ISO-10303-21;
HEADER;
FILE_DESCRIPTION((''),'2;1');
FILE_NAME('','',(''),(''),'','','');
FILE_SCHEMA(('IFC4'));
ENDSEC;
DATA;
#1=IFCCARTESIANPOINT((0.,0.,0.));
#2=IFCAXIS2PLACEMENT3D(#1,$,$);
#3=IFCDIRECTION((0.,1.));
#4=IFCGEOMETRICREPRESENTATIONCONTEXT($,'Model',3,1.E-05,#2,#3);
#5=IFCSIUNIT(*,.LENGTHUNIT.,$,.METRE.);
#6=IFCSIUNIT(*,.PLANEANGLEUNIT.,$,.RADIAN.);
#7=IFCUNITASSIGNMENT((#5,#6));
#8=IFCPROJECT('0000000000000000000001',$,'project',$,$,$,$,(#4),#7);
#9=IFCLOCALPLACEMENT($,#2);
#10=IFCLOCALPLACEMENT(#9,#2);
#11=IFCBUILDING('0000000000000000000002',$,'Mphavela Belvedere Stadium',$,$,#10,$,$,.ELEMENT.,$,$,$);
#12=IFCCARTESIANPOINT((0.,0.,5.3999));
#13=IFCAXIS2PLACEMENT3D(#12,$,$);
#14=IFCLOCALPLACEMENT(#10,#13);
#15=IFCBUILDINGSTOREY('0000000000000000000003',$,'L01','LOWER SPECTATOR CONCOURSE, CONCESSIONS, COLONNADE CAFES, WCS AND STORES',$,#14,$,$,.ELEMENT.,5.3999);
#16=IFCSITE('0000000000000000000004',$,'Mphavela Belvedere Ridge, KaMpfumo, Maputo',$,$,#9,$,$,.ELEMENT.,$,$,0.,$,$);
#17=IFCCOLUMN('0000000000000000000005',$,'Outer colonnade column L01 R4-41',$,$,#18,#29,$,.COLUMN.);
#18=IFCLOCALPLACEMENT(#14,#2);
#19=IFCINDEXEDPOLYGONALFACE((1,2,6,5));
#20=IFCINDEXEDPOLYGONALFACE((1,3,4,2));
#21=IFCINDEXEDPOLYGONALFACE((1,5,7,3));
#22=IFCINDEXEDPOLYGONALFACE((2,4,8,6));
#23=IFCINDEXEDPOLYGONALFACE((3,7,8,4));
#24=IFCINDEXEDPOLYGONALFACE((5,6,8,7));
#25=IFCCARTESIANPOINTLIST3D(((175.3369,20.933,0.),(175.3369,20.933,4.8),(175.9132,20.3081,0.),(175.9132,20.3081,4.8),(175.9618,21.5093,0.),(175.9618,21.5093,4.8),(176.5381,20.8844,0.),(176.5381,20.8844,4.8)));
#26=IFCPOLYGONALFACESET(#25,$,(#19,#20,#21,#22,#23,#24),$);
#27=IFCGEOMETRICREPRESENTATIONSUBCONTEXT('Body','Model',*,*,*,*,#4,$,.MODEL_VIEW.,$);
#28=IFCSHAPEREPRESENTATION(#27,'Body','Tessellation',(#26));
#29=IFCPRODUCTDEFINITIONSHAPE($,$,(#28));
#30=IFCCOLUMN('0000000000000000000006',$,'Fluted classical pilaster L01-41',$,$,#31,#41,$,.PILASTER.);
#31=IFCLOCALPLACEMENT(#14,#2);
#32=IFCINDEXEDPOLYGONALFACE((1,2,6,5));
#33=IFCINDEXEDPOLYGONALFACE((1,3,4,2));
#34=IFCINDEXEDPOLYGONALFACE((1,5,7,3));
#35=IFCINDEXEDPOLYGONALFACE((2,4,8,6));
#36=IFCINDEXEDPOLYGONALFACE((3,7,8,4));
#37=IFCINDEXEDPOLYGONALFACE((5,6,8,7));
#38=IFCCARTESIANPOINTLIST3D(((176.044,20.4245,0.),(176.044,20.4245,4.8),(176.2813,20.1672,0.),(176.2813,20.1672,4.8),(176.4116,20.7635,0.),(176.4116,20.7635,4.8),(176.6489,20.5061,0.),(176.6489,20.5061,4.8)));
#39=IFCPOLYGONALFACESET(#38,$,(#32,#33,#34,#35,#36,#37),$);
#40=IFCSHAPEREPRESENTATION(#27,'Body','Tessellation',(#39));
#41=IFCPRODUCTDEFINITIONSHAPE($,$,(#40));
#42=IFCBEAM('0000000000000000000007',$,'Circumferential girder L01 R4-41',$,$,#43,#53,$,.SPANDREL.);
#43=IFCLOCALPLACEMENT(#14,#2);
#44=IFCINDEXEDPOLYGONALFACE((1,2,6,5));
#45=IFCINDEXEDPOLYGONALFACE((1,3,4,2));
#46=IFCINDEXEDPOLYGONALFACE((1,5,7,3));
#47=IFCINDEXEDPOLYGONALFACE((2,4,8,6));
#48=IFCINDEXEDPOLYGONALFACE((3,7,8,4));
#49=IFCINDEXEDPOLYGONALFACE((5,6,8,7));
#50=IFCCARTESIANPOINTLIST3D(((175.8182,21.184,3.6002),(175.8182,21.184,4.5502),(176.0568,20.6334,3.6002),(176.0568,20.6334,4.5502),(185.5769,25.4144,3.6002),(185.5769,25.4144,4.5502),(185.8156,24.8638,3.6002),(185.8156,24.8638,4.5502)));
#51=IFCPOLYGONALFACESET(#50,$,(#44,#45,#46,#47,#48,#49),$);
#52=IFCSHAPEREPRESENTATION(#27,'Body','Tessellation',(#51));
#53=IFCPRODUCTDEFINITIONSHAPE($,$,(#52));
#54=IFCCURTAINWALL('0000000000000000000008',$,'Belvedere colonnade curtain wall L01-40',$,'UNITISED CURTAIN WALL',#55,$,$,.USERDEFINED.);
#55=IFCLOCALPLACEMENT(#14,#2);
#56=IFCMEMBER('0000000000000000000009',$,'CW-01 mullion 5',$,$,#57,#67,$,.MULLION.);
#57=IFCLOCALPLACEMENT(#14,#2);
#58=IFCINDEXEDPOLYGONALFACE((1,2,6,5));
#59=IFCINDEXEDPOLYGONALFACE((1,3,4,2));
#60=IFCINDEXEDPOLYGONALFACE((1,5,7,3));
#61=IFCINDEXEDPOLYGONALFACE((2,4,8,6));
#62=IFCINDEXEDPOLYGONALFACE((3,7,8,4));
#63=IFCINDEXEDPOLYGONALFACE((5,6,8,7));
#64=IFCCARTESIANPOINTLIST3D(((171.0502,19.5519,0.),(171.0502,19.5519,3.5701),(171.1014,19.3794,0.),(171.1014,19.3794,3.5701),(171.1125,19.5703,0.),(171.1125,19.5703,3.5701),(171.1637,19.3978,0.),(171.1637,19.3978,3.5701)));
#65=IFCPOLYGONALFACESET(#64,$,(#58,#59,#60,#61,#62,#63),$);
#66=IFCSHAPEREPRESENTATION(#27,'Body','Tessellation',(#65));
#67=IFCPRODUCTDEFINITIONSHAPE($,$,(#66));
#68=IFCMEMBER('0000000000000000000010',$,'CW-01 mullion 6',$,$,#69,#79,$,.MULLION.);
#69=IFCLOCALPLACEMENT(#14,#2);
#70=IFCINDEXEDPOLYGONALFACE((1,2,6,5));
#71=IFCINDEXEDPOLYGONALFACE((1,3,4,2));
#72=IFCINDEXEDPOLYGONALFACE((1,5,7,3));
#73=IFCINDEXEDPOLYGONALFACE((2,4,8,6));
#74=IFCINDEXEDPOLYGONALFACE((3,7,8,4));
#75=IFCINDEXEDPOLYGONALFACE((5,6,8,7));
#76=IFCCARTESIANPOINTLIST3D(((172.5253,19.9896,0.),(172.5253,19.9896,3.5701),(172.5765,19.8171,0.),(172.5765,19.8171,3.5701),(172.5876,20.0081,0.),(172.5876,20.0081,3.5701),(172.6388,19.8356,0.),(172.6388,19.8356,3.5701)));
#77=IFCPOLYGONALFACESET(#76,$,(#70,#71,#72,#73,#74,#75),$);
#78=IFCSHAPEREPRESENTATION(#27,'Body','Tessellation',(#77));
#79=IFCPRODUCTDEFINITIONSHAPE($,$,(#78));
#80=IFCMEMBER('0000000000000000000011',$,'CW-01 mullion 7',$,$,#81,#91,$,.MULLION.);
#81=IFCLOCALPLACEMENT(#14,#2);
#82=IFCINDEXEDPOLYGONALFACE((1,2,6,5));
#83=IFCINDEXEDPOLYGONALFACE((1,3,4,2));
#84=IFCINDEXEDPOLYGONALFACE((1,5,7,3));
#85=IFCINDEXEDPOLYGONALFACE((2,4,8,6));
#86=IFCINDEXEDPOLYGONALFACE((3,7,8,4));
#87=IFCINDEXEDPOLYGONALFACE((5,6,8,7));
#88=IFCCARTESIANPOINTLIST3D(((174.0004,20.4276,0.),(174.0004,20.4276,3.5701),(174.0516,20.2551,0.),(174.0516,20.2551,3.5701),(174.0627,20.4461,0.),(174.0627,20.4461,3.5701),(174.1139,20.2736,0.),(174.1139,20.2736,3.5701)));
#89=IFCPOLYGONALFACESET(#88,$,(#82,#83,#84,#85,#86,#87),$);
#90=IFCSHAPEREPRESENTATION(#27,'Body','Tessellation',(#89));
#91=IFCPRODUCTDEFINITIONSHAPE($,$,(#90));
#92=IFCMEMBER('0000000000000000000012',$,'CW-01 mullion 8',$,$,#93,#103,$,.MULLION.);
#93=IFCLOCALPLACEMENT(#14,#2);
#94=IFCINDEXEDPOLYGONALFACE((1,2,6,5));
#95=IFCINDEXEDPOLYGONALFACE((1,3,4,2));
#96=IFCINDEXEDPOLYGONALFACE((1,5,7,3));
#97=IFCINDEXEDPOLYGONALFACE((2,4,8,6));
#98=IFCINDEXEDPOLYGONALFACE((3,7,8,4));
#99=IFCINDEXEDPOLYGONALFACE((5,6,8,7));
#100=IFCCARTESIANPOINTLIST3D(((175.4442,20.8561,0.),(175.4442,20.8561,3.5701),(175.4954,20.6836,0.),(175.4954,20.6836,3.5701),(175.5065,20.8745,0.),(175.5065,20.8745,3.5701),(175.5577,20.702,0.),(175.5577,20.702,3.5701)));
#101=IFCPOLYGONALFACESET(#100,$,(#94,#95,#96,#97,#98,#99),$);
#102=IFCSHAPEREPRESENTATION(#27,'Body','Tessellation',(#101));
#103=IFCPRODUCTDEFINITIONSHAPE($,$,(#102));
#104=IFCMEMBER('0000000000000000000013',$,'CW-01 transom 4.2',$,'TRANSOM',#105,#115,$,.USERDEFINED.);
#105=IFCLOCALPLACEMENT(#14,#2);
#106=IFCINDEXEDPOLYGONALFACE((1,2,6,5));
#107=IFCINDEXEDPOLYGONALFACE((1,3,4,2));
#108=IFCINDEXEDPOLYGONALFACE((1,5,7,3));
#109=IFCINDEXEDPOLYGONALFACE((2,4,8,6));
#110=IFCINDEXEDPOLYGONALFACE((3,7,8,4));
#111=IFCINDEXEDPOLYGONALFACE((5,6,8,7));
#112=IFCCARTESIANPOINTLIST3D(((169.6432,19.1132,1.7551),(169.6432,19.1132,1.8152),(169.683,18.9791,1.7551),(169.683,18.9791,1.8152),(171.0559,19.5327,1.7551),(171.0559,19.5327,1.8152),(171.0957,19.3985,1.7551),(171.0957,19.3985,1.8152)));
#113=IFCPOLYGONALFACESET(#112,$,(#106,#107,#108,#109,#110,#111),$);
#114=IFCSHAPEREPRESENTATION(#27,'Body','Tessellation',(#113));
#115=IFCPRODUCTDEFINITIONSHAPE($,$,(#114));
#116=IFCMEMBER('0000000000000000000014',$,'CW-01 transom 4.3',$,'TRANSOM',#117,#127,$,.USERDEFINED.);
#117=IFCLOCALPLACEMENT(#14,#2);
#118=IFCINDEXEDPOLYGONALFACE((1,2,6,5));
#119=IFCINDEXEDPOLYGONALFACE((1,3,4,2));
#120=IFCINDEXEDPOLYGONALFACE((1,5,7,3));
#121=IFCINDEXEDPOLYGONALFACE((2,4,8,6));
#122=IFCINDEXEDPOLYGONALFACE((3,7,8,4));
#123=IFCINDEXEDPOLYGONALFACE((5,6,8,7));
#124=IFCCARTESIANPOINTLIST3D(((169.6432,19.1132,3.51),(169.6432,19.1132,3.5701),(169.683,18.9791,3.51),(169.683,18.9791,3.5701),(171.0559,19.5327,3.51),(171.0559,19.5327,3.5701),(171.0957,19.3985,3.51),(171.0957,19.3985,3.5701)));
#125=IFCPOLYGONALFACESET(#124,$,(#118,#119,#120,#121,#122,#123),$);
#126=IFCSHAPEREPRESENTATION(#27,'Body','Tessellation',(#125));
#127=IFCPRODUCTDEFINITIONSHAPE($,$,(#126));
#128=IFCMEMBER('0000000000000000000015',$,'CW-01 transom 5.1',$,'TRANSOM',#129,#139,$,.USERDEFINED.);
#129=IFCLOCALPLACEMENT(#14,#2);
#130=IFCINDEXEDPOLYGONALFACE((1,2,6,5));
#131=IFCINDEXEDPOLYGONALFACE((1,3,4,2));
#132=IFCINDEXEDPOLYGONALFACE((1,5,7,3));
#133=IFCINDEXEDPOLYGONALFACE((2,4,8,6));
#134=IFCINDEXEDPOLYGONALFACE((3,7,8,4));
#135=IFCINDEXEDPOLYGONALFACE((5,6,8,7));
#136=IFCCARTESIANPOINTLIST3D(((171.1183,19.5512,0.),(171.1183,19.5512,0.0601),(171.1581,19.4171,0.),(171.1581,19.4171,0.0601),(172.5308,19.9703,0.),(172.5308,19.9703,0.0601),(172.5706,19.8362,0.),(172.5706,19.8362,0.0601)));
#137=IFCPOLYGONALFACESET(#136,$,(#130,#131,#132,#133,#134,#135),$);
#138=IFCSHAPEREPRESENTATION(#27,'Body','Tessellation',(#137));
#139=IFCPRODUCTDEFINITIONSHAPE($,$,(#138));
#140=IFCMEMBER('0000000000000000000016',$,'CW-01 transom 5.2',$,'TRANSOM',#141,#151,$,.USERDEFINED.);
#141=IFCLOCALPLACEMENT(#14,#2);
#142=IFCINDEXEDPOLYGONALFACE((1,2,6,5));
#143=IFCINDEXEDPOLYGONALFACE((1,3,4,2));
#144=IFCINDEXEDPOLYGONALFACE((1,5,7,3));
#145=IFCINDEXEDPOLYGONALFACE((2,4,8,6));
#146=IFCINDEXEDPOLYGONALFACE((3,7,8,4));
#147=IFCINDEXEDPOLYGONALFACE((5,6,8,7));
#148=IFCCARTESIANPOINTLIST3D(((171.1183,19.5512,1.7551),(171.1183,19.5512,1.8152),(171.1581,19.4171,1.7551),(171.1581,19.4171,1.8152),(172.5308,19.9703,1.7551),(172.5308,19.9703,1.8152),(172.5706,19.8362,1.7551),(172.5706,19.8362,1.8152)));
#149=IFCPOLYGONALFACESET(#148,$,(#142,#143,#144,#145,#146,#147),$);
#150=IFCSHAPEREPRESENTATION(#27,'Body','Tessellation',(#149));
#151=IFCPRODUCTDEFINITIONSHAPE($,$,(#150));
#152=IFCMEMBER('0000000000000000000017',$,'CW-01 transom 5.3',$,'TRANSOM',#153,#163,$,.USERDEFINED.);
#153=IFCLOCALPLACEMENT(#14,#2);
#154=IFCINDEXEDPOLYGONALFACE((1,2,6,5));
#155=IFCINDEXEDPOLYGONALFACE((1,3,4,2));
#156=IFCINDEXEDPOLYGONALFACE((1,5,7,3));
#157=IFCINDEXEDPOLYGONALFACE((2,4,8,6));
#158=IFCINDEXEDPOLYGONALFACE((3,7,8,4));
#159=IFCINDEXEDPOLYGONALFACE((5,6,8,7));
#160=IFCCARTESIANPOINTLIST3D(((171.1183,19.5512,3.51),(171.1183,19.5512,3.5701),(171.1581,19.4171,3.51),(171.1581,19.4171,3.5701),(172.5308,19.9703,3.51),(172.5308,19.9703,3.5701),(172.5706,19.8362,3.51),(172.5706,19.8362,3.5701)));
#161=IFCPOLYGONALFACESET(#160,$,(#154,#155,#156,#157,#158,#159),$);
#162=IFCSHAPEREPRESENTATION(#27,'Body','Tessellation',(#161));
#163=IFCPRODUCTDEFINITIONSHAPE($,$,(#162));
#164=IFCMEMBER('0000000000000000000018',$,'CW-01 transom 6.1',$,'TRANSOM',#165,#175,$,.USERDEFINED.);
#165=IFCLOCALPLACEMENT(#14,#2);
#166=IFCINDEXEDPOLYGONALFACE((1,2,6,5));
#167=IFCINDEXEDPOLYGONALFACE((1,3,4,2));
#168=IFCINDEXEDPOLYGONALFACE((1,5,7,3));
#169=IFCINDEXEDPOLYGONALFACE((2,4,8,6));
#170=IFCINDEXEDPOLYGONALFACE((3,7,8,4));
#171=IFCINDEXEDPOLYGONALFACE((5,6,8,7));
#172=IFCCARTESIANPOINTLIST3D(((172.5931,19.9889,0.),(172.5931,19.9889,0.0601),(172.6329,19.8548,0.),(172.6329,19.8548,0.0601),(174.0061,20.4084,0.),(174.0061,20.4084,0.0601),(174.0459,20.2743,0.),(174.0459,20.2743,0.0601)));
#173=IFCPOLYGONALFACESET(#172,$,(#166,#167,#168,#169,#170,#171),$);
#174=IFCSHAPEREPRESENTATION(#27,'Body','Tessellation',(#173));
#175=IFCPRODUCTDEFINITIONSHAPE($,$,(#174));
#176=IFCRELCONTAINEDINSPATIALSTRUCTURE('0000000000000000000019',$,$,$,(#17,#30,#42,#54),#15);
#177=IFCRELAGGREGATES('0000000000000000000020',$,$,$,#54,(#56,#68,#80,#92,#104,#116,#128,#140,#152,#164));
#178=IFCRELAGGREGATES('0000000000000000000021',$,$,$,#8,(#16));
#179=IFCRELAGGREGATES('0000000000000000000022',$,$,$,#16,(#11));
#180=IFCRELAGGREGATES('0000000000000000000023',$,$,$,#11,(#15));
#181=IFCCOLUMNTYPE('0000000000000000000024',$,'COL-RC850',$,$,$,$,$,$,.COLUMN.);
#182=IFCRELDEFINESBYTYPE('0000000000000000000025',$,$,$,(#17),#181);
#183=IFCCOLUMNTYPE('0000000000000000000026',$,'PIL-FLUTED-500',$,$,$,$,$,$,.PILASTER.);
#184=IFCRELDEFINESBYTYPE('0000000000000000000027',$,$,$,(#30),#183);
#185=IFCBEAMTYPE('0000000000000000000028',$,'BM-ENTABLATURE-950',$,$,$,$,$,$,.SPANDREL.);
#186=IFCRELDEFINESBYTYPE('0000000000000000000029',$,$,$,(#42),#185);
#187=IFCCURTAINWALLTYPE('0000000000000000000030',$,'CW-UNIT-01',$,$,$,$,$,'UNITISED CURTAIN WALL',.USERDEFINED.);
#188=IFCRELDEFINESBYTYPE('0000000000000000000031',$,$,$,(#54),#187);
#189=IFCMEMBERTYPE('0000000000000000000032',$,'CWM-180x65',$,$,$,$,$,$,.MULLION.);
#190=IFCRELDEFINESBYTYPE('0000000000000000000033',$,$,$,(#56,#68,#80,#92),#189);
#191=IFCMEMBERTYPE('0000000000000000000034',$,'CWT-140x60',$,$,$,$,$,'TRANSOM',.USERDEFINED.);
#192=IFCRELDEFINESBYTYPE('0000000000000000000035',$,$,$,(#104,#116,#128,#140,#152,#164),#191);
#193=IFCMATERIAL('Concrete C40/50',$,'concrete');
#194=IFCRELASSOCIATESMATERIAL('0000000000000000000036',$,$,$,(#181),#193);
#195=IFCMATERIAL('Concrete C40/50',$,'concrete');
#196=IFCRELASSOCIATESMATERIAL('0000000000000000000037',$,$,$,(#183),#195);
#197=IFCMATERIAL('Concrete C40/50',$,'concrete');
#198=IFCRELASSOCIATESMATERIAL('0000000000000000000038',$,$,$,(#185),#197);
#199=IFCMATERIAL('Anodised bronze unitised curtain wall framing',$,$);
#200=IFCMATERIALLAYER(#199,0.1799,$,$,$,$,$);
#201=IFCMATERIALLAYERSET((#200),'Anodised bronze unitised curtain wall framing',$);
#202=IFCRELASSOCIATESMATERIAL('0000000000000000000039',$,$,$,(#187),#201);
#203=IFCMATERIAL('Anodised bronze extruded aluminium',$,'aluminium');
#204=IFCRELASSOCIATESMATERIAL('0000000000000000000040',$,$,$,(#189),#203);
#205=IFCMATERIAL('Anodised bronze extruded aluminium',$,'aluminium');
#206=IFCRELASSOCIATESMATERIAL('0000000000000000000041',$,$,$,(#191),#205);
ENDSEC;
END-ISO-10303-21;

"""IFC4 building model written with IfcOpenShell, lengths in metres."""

from ifc_helpers import new_model, si_unit, direction, frame, origin, origin_2d, place, context, subcontext, project, spatial, rectangle, extrude, material, layer, layer_set, material_profile, profile_set, type_object, element, aggregate, save


model = new_model("IFC4")

# Units and contexts
model_context = context("Model", 3, precision=1e-05, world=origin(), true_north=direction((0.0, 1.0)))
body_context = subcontext(model_context, "Body", "Model", "MODEL_VIEW")
ifc_project = project(units=[si_unit("LENGTHUNIT", "METRE"), si_unit("PLANEANGLEUNIT", "RADIAN")], contexts=[model_context])

# Site, building, storey
site_placement = place(None, origin())
site = spatial("IfcSite", under=ifc_project, at=site_placement, Name="Mphavela Belvedere Ridge, KaMpfumo, Maputo", CompositionType="ELEMENT", RefElevation=0.0)
building_placement = place(site_placement, origin())
building = spatial("IfcBuilding", under=site, at=building_placement, Name="Mphavela Belvedere Stadium", CompositionType="ELEMENT")
storey_placement = place(building_placement, frame((0.0, 0.0, 5.3999)))
storey = spatial("IfcBuildingStorey", under=building, at=storey_placement, Name="L01", Description="LOWER SPECTATOR CONCOURSE, CONCESSIONS, COLONNADE CAFES, WCS AND STORES", CompositionType="ELEMENT", Elevation=5.3999)

# Columns
ifc_material_1 = material(Name="Concrete C40/50", Category="concrete")
ifc_material_profile_1 = material_profile(ifc_material_1, rectangle(XDim=0.8501, YDim=0.8501, at=origin_2d()), Name="RC 850x850")
ifc_profile_set_1 = profile_set([ifc_material_profile_1], Name="Concrete C40/50")
column_type_1 = type_object("IfcColumnType", Name="COL-RC850", PredefinedType="COLUMN", material=ifc_profile_set_1)
column_1_placement = place(storey_placement, frame((175.9375, 20.9087, 0.0), z_axis=(0.0, 0.0, 1.0), x_axis=(0.677903, -0.735151, 0.0)))
element("IfcColumn", 1, at=column_1_placement, inside=storey, type_object=column_type_1, Name="Outer colonnade column L01 R4-41", PredefinedType="COLUMN", context=body_context, shape_type="SweptSolid", body=[
    extrude(rectangle(XDim=0.8501, YDim=0.8501, at=origin_2d()), origin(), (0.0, 0.0, 1.0), 4.8),
])
ifc_material_2 = material(Name="Concrete C40/50", Category="concrete")
ifc_material_profile_2 = material_profile(ifc_material_2, rectangle(XDim=0.5, YDim=0.3501, at=origin_2d()), Name="PIL 500x350")
ifc_profile_set_2 = profile_set([ifc_material_profile_2], Name="Concrete C40/50")
column_type_2 = type_object("IfcColumnType", Name="PIL-FLUTED-500", PredefinedType="PILASTER", material=ifc_profile_set_2)
column_2_placement = place(storey_placement, frame((176.3464, 20.4653, 0.0), z_axis=(0.0, 0.0, 1.0), x_axis=(0.735151, 0.677903, 0.0)))
element("IfcColumn", 2, at=column_2_placement, inside=storey, type_object=column_type_2, Name="Fluted classical pilaster L01-41", PredefinedType="PILASTER", context=body_context, shape_type="SweptSolid", body=[
    extrude(rectangle(XDim=0.5, YDim=0.3501, at=origin_2d()), origin(), (0.0, 0.0, 1.0), 4.8),
])

# Beam
ifc_material_3 = material(Name="Concrete C40/50", Category="concrete")
ifc_material_profile_3 = material_profile(ifc_material_3, rectangle(XDim=0.6001, YDim=0.95, at=origin_2d()), Name="RC 600x950")
ifc_profile_set_3 = profile_set([ifc_material_profile_3], Name="Concrete C40/50")
beam_type = type_object("IfcBeamType", Name="BM-ENTABLATURE-950", PredefinedType="SPANDREL", material=ifc_profile_set_3)
beam_placement = place(storey_placement, frame((175.9375, 20.9087, 4.0752), z_axis=(0.917499, 0.397739, 0.0), x_axis=(-0.397739, 0.917499, 0.0)))
element("IfcBeam", 3, at=beam_placement, inside=storey, type_object=beam_type, Name="Circumferential girder L01 R4-41", PredefinedType="SPANDREL", context=body_context, shape_type="SweptSolid", body=[
    extrude(rectangle(XDim=0.6001, YDim=0.95, at=origin_2d()), origin(), (0.0, 0.0, 1.0), 10.6362),
])

# Curtain wall, members
ifc_material_4 = material(Name="Anodised bronze unitised curtain wall framing")
ifc_layer_1 = layer(ifc_material_4, 0.1799)
ifc_layer_set_1 = layer_set([ifc_layer_1], Name="Anodised bronze unitised curtain wall framing")
curtain_wall_type = type_object("IfcCurtainWallType", Name="CW-UNIT-01", ElementType="UNITISED CURTAIN WALL", PredefinedType="USERDEFINED", material=ifc_layer_set_1)
curtain_wall_placement = place(storey_placement, origin())
curtain_wall = element("IfcCurtainWall", 4, at=curtain_wall_placement, inside=storey, type_object=curtain_wall_type, Name="Belvedere colonnade curtain wall L01-40", ObjectType="UNITISED CURTAIN WALL", PredefinedType="USERDEFINED")
ifc_material_5 = material(Name="Anodised bronze extruded aluminium", Category="aluminium")
ifc_material_profile_4 = material_profile(ifc_material_5, rectangle(XDim=0.1799, YDim=0.0649, at=origin_2d()), Name="CW-MUL 180x65")
ifc_profile_set_4 = profile_set([ifc_material_profile_4], Name="Anodised bronze extruded aluminium")
member_type_1 = type_object("IfcMemberType", Name="CWM-180x65", PredefinedType="MULLION", material=ifc_profile_set_4)
member_1_placement = place(storey_placement, frame((171.1069, 19.4749, 0.0), z_axis=(0.0, 0.0, 1.0), x_axis=(-0.284551, 0.958661, 0.0)))
member_1 = element("IfcMember", 5, at=member_1_placement, type_object=member_type_1, Name="CW-01 mullion 5", PredefinedType="MULLION", context=body_context, shape_type="SweptSolid", body=[
    extrude(rectangle(XDim=0.1799, YDim=0.0649, at=origin_2d()), origin(), (0.0, 0.0, 1.0), 3.5701),
])
member_2_placement = place(storey_placement, frame((172.582, 19.9126, 0.0), z_axis=(0.0, 0.0, 1.0), x_axis=(-0.284551, 0.958661, 0.0)))
member_2 = element("IfcMember", 6, at=member_2_placement, type_object=member_type_1, Name="CW-01 mullion 6", PredefinedType="MULLION", context=body_context, shape_type="SweptSolid", body=[
    extrude(rectangle(XDim=0.1799, YDim=0.0649, at=origin_2d()), origin(), (0.0, 0.0, 1.0), 3.5701),
])
member_3_placement = place(storey_placement, frame((174.0571, 20.3506, 0.0), z_axis=(0.0, 0.0, 1.0), x_axis=(-0.284551, 0.958661, 0.0)))
member_3 = element("IfcMember", 7, at=member_3_placement, type_object=member_type_1, Name="CW-01 mullion 7", PredefinedType="MULLION", context=body_context, shape_type="SweptSolid", body=[
    extrude(rectangle(XDim=0.1799, YDim=0.0649, at=origin_2d()), origin(), (0.0, 0.0, 1.0), 3.5701),
])
member_4_placement = place(storey_placement, frame((175.501, 20.7791, 0.0), z_axis=(0.0, 0.0, 1.0), x_axis=(-0.284551, 0.958661, 0.0)))
member_4 = element("IfcMember", 8, at=member_4_placement, type_object=member_type_1, Name="CW-01 mullion 8", PredefinedType="MULLION", context=body_context, shape_type="SweptSolid", body=[
    extrude(rectangle(XDim=0.1799, YDim=0.0649, at=origin_2d()), origin(), (0.0, 0.0, 1.0), 3.5701),
])
ifc_material_6 = material(Name="Anodised bronze extruded aluminium", Category="aluminium")
ifc_material_profile_5 = material_profile(ifc_material_6, rectangle(XDim=0.1399, YDim=0.0601, at=origin_2d()), Name="CW-TRN 140x60")
ifc_profile_set_5 = profile_set([ifc_material_profile_5], Name="Anodised bronze extruded aluminium")
member_type_2 = type_object("IfcMemberType", Name="CWT-140x60", ElementType="TRANSOM", PredefinedType="USERDEFINED", material=ifc_profile_set_5)
member_5_placement = place(storey_placement, frame((169.6631, 19.0461, 1.7852), z_axis=(0.958634, 0.284641, 0.0), x_axis=(-0.284641, 0.958634, 0.0)))
member_5 = element("IfcMember", 9, at=member_5_placement, type_object=member_type_2, Name="CW-01 transom 4.2", ObjectType="TRANSOM", PredefinedType="USERDEFINED", context=body_context, shape_type="SweptSolid", body=[
    extrude(rectangle(XDim=0.1399, YDim=0.0601, at=origin_2d()), origin(), (0.0, 0.0, 1.0), 1.4736),
])
member_6_placement = place(storey_placement, frame((169.6631, 19.0461, 3.54), z_axis=(0.958634, 0.284641, 0.0), x_axis=(-0.284641, 0.958634, 0.0)))
member_6 = element("IfcMember", 10, at=member_6_placement, type_object=member_type_2, Name="CW-01 transom 4.3", ObjectType="TRANSOM", PredefinedType="USERDEFINED", context=body_context, shape_type="SweptSolid", body=[
    extrude(rectangle(XDim=0.1399, YDim=0.0601, at=origin_2d()), origin(), (0.0, 0.0, 1.0), 1.4736),
])
member_7_placement = place(storey_placement, frame((171.1382, 19.4841, 0.03), z_axis=(0.958679, 0.284489, 0.0), x_axis=(-0.284489, 0.958679, 0.0)))
member_7 = element("IfcMember", 11, at=member_7_placement, type_object=member_type_2, Name="CW-01 transom 5.1", ObjectType="TRANSOM", PredefinedType="USERDEFINED", context=body_context, shape_type="SweptSolid", body=[
    extrude(rectangle(XDim=0.1399, YDim=0.0601, at=origin_2d()), origin(), (0.0, 0.0, 1.0), 1.4734),
])
member_8_placement = place(storey_placement, frame((171.1382, 19.4841, 1.7852), z_axis=(0.958679, 0.284489, 0.0), x_axis=(-0.284489, 0.958679, 0.0)))
member_8 = element("IfcMember", 12, at=member_8_placement, type_object=member_type_2, Name="CW-01 transom 5.2", ObjectType="TRANSOM", PredefinedType="USERDEFINED", context=body_context, shape_type="SweptSolid", body=[
    extrude(rectangle(XDim=0.1399, YDim=0.0601, at=origin_2d()), origin(), (0.0, 0.0, 1.0), 1.4734),
])
member_9_placement = place(storey_placement, frame((171.1382, 19.4841, 3.54), z_axis=(0.958679, 0.284489, 0.0), x_axis=(-0.284489, 0.958679, 0.0)))
member_9 = element("IfcMember", 13, at=member_9_placement, type_object=member_type_2, Name="CW-01 transom 5.3", ObjectType="TRANSOM", PredefinedType="USERDEFINED", context=body_context, shape_type="SweptSolid", body=[
    extrude(rectangle(XDim=0.1399, YDim=0.0601, at=origin_2d()), origin(), (0.0, 0.0, 1.0), 1.4734),
])
member_10_placement = place(storey_placement, frame((172.613, 19.9219, 0.03), z_axis=(0.958648, 0.284596, 0.0), x_axis=(-0.284596, 0.958648, 0.0)))
member_10 = element("IfcMember", 14, at=member_10_placement, type_object=member_type_2, Name="CW-01 transom 6.1", ObjectType="TRANSOM", PredefinedType="USERDEFINED", context=body_context, shape_type="SweptSolid", body=[
    extrude(rectangle(XDim=0.1399, YDim=0.0601, at=origin_2d()), origin(), (0.0, 0.0, 1.0), 1.4739),
])
aggregate(curtain_wall, [member_1, member_2, member_3, member_4, member_5, member_6, member_7, member_8, member_9, member_10])

save(model, "model.ifc")
